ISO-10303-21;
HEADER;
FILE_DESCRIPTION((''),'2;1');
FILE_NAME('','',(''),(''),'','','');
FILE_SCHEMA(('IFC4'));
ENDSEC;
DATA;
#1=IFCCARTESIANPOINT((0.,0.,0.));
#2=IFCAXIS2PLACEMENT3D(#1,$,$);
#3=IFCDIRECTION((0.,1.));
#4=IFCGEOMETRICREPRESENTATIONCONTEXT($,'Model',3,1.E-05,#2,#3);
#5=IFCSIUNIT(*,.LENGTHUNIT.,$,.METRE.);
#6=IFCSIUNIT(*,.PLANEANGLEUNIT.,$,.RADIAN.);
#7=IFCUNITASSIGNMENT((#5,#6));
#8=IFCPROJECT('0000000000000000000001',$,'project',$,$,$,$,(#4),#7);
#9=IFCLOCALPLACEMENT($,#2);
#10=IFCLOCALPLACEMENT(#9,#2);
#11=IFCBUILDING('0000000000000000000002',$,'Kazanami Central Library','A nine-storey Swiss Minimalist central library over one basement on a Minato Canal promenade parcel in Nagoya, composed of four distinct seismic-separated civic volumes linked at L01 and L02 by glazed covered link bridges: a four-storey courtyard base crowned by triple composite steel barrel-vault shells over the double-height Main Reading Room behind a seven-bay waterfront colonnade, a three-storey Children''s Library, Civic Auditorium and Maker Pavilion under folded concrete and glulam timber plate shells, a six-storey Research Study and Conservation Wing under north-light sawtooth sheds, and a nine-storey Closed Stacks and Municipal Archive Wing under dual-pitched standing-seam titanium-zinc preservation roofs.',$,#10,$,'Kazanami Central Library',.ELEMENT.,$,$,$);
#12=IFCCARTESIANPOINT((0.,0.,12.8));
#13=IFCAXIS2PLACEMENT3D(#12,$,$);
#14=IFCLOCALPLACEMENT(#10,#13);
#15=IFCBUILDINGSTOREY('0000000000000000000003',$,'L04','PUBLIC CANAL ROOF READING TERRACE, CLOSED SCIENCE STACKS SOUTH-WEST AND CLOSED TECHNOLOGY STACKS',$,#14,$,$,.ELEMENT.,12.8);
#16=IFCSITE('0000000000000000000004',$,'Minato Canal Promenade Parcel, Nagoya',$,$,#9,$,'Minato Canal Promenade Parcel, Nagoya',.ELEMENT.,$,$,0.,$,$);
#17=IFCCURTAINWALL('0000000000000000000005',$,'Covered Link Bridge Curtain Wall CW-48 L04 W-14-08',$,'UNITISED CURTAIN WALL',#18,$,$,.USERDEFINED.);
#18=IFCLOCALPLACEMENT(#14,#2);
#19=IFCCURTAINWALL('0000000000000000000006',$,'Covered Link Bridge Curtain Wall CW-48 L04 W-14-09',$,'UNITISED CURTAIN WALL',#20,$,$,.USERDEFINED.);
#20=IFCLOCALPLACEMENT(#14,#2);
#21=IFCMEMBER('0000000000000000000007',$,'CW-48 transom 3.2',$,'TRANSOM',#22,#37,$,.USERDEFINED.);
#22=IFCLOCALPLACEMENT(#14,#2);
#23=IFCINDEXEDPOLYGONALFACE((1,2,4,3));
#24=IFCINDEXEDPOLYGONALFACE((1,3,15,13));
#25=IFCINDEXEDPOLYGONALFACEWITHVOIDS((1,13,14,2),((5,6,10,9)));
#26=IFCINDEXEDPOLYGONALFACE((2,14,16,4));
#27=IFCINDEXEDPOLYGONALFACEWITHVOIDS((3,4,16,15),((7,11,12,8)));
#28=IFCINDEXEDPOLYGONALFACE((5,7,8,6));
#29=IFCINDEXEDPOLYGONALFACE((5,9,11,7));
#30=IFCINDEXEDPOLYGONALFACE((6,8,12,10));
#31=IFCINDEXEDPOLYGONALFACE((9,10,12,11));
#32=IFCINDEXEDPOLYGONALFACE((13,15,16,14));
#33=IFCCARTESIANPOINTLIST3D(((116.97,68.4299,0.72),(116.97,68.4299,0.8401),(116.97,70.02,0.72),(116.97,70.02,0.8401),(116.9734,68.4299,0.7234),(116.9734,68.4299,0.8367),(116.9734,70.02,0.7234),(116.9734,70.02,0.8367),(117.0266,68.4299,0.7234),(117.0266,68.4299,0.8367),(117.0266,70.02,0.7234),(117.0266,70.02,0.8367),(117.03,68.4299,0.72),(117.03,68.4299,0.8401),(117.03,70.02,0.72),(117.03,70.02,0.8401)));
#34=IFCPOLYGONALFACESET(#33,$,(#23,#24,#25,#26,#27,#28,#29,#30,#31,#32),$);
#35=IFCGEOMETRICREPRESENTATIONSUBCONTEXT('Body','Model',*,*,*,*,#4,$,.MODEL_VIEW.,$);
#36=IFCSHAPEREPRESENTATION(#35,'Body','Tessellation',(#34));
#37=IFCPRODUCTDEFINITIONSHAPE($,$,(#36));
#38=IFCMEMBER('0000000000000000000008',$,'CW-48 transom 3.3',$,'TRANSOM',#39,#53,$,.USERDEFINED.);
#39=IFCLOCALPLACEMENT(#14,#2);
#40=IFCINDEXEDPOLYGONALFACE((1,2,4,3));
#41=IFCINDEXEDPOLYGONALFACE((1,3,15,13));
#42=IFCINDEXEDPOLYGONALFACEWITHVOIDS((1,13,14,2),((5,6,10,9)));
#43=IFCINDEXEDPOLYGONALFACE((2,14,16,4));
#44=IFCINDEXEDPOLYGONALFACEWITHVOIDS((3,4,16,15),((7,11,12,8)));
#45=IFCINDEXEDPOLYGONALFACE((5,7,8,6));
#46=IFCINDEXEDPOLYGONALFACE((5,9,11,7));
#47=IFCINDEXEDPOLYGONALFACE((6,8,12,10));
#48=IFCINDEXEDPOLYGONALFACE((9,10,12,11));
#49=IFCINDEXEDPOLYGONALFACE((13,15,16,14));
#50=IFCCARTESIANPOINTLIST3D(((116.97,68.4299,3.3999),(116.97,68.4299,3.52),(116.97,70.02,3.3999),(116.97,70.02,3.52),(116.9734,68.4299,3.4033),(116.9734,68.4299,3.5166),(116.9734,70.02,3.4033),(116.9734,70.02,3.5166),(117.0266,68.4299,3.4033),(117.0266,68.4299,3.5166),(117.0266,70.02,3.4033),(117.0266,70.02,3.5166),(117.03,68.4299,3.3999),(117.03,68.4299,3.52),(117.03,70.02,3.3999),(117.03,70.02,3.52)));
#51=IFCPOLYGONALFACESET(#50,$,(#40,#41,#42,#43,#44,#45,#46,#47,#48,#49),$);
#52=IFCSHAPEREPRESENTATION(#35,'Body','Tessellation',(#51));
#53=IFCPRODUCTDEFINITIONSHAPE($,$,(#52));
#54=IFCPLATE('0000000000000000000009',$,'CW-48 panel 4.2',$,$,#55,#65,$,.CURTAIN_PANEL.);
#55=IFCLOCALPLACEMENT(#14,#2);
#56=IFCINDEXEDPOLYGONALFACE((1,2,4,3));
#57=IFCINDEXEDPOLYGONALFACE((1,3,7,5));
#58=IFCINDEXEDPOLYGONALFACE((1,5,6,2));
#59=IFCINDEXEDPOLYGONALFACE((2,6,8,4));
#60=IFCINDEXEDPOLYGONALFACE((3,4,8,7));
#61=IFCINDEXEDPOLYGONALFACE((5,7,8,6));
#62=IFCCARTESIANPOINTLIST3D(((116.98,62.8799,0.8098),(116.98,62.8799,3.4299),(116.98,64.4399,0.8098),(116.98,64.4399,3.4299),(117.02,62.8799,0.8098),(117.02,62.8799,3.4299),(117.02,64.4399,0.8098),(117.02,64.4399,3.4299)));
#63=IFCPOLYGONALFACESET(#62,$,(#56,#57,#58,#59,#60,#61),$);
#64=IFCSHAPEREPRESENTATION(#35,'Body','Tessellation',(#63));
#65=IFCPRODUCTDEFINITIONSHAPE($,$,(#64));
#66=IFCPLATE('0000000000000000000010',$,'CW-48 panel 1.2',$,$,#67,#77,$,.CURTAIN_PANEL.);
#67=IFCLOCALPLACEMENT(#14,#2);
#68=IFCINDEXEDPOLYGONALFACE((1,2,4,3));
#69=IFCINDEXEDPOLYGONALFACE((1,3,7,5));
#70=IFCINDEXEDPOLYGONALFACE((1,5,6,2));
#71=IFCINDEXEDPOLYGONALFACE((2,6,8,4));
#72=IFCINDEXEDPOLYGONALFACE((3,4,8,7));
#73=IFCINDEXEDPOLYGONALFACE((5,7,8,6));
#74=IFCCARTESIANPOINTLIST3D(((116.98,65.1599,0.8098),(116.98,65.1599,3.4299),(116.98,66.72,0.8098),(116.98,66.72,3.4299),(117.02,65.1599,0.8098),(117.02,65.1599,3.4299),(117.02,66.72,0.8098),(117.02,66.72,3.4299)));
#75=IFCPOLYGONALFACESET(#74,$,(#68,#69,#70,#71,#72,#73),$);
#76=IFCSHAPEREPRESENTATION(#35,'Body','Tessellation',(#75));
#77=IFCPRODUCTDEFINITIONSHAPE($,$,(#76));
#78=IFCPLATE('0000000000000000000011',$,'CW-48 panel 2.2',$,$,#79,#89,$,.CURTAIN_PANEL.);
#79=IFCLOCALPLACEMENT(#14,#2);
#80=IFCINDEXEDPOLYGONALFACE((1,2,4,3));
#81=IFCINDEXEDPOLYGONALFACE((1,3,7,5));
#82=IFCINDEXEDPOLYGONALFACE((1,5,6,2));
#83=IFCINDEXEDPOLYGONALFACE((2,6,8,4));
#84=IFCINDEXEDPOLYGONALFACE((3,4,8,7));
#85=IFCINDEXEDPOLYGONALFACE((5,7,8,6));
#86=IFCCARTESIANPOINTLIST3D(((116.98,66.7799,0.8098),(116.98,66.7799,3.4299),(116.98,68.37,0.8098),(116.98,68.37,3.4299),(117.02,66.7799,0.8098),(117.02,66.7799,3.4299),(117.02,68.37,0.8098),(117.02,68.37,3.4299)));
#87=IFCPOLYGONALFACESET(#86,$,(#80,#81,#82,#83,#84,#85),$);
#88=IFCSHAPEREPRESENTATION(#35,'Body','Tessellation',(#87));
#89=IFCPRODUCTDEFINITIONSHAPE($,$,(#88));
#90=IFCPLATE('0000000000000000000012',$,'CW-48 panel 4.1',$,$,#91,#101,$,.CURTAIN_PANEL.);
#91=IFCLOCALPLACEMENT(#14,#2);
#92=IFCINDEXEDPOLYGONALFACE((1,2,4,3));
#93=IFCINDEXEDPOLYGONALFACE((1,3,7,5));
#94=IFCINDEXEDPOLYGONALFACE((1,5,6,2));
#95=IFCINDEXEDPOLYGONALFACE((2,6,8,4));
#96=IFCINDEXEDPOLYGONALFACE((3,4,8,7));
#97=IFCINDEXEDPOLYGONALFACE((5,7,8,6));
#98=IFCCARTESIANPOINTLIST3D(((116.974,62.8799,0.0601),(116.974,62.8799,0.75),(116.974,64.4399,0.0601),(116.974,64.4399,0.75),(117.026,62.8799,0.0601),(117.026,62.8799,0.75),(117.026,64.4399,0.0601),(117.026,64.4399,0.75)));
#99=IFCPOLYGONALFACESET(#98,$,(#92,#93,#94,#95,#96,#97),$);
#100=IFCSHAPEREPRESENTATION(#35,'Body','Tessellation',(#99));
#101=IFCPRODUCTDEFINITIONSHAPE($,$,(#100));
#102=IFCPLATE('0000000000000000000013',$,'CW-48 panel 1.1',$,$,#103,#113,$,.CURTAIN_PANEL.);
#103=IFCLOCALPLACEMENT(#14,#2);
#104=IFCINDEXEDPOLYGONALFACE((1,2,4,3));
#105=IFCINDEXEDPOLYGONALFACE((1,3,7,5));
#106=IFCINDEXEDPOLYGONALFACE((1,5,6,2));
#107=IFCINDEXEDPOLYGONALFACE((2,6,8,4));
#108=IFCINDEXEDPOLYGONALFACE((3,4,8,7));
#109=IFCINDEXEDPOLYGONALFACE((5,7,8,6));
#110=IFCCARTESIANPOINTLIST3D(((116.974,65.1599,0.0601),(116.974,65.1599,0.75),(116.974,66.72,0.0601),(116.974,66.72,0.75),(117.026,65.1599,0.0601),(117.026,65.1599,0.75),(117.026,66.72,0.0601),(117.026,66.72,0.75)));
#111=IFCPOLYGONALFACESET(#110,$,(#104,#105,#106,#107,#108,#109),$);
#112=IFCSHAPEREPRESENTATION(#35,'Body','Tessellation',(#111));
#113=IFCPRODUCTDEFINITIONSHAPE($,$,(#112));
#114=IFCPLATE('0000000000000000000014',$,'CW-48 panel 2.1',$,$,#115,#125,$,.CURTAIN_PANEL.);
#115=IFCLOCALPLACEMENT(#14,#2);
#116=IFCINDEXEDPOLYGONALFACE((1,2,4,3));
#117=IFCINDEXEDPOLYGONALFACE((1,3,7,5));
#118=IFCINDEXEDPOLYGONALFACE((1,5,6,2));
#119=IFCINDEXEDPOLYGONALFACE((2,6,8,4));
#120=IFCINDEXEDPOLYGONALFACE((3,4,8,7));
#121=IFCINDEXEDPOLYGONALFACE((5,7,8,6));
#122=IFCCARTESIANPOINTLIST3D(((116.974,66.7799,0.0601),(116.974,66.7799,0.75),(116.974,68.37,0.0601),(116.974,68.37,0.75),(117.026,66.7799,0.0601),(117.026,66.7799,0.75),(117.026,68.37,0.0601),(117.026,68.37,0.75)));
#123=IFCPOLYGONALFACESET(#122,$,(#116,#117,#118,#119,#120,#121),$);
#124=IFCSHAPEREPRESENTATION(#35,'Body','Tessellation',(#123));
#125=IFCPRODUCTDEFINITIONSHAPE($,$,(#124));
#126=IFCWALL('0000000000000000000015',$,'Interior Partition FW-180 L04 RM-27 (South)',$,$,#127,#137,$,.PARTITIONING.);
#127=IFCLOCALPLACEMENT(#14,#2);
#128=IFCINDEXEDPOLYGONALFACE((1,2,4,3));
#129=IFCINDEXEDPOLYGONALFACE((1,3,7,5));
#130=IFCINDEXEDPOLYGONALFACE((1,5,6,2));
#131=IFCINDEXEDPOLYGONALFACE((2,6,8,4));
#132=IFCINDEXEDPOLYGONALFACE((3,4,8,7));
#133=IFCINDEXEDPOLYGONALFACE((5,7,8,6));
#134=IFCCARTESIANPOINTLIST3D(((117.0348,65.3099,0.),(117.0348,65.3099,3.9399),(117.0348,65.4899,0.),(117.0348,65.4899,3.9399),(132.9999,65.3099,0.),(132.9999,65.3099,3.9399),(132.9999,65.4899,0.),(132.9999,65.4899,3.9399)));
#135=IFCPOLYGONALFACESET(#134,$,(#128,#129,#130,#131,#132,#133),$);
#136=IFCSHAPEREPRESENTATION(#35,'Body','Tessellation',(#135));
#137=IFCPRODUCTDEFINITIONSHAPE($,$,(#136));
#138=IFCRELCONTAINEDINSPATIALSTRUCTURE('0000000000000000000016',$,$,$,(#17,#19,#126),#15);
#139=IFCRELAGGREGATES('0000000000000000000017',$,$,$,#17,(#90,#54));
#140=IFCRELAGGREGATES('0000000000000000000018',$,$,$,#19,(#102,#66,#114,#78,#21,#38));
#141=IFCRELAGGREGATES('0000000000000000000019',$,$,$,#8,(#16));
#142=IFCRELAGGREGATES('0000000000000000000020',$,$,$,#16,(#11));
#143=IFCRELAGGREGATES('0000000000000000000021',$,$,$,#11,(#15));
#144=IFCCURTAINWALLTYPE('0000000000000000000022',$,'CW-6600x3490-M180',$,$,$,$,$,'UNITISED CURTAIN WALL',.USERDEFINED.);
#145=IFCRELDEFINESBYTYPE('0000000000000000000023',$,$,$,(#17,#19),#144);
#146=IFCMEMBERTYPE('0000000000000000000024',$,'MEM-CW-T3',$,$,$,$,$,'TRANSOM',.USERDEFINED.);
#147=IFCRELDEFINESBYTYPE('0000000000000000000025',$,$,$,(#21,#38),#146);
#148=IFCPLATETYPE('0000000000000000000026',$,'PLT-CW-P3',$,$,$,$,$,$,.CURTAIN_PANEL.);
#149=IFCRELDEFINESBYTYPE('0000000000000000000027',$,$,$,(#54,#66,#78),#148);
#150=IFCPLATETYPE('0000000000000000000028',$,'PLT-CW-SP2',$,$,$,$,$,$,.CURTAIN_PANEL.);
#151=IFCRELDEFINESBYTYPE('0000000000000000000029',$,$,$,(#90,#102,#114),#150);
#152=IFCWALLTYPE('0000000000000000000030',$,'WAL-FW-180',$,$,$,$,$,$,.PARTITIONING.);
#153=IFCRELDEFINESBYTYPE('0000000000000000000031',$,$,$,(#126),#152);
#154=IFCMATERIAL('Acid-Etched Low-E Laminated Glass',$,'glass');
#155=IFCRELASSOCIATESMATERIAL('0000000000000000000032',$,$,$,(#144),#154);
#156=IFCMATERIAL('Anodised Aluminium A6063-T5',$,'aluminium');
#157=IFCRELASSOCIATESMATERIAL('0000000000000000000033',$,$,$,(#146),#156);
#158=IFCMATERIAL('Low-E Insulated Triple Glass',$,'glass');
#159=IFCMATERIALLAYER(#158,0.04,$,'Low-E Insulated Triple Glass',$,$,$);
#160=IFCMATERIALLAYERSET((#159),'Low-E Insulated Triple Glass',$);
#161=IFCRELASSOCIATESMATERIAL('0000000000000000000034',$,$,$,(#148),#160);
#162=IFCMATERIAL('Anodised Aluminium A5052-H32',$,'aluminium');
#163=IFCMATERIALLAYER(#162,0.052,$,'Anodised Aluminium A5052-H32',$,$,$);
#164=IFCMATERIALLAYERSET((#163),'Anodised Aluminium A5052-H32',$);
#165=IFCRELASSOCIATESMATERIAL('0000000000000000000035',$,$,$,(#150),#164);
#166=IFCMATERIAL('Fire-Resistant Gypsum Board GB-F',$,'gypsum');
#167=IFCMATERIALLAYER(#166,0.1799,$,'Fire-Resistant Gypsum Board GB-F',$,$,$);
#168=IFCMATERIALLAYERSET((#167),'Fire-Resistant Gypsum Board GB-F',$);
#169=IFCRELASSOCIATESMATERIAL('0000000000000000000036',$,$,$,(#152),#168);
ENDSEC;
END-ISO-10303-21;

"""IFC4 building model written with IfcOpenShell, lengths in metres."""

from ifc_helpers import new_model, si_unit, direction, frame, frame_2d, origin, origin_2d, place, context, subcontext, project, spatial, rectangle, hollow_rectangle, extrude, material, layer, layer_set, material_profile, profile_set, type_object, element, aggregate, save


model = new_model("IFC4")

# Units and contexts
model_context = context("Model", 3, precision=1e-05, world=origin(), true_north=direction((0.0, 1.0)))
body_context = subcontext(model_context, "Body", "Model", "MODEL_VIEW")
ifc_project = project(units=[si_unit("LENGTHUNIT", "METRE"), si_unit("PLANEANGLEUNIT", "RADIAN")], contexts=[model_context])

# Site, building, storey
site_placement = place(None, origin())
site = spatial("IfcSite", under=ifc_project, at=site_placement, Name="Minato Canal Promenade Parcel, Nagoya", LongName="Minato Canal Promenade Parcel, Nagoya", CompositionType="ELEMENT", RefElevation=0.0)
building_placement = place(site_placement, origin())
building = spatial("IfcBuilding", under=site, at=building_placement, Name="Kazanami Central Library", Description="A nine-storey Swiss Minimalist central library over one basement on a Minato Canal promenade parcel in Nagoya, composed of four distinct seismic-separated civic volumes linked at L01 and L02 by glazed covered link bridges: a four-storey courtyard base crowned by triple composite steel barrel-vault shells over the double-height Main Reading Room behind a seven-bay waterfront colonnade, a three-storey Children's Library, Civic Auditorium and Maker Pavilion under folded concrete and glulam timber plate shells, a six-storey Research Study and Conservation Wing under north-light sawtooth sheds, and a nine-storey Closed Stacks and Municipal Archive Wing under dual-pitched standing-seam titanium-zinc preservation roofs.", LongName="Kazanami Central Library", CompositionType="ELEMENT")
storey_placement = place(building_placement, frame((0.0, 0.0, 12.8)))
storey = spatial("IfcBuildingStorey", under=building, at=storey_placement, Name="L04", Description="PUBLIC CANAL ROOF READING TERRACE, CLOSED SCIENCE STACKS SOUTH-WEST AND CLOSED TECHNOLOGY STACKS", CompositionType="ELEMENT", Elevation=12.8)

# Curtain walls
ifc_material_1 = material(Name="Acid-Etched Low-E Laminated Glass", Category="glass")
curtain_wall_type = type_object("IfcCurtainWallType", Name="CW-6600x3490-M180", ElementType="UNITISED CURTAIN WALL", PredefinedType="USERDEFINED", material=ifc_material_1)
curtain_wall_1_placement = place(storey_placement, origin())
curtain_wall_1 = element("IfcCurtainWall", 1, at=curtain_wall_1_placement, inside=storey, type_object=curtain_wall_type, Name="Covered Link Bridge Curtain Wall CW-48 L04 W-14-08", ObjectType="UNITISED CURTAIN WALL", PredefinedType="USERDEFINED")
ifc_material_2 = material(Name="Anodised Aluminium A6063-T5", Category="aluminium")
curtain_wall_2_placement = place(storey_placement, origin())
curtain_wall_2 = element("IfcCurtainWall", 2, at=curtain_wall_2_placement, inside=storey, type_object=curtain_wall_type, Name="Covered Link Bridge Curtain Wall CW-48 L04 W-14-09", ObjectType="UNITISED CURTAIN WALL", PredefinedType="USERDEFINED")

# Members
ifc_material_profile_1 = material_profile(ifc_material_2, hollow_rectangle(XDim=0.0601, YDim=0.1201, WallThickness=0.0034, at=origin_2d()), Name="ALU-TRAN-60x120x3.5")
ifc_profile_set_1 = profile_set([ifc_material_profile_1], Name="Anodised Aluminium A6063-T5")
member_type_1 = type_object("IfcMemberType", Name="MEM-CW-T3", ElementType="TRANSOM", PredefinedType="USERDEFINED", material=ifc_profile_set_1)
member_1_placement = place(storey_placement, frame((117.0, 68.4299, 0.78), z_axis=(0.0, 1.0, 0.0), x_axis=(-1.0, 0.0, 0.0)))
member_1 = element("IfcMember", 3, at=member_1_placement, type_object=member_type_1, Name="CW-48 transom 3.2", ObjectType="TRANSOM", PredefinedType="USERDEFINED", context=body_context, shape_type="SweptSolid", body=[
    extrude(hollow_rectangle(XDim=0.0601, YDim=0.1201, WallThickness=0.0034, at=origin_2d()), origin(), (0.0, 0.0, 1.0), 1.5901),
])
member_2_placement = place(storey_placement, frame((117.0, 68.4299, 3.46), z_axis=(0.0, 1.0, 0.0), x_axis=(-1.0, 0.0, 0.0)))
member_2 = element("IfcMember", 4, at=member_2_placement, type_object=member_type_1, Name="CW-48 transom 3.3", ObjectType="TRANSOM", PredefinedType="USERDEFINED", context=body_context, shape_type="SweptSolid", body=[
    extrude(hollow_rectangle(XDim=0.0601, YDim=0.1201, WallThickness=0.0034, at=origin_2d()), origin(), (0.0, 0.0, 1.0), 1.5901),
])

# Plates
ifc_material_3 = material(Name="Low-E Insulated Triple Glass", Category="glass")
ifc_layer_1 = layer(ifc_material_3, 0.04, Name="Low-E Insulated Triple Glass")
ifc_layer_set_1 = layer_set([ifc_layer_1], Name="Low-E Insulated Triple Glass")
plate_type_1 = type_object("IfcPlateType", Name="PLT-CW-P3", PredefinedType="CURTAIN_PANEL", material=ifc_layer_set_1)
plate_1_placement = place(storey_placement, frame((117.0, 63.6599, 0.8098), z_axis=(0.0, 0.0, 1.0), x_axis=(0.0, 1.0, 0.0)))
plate_1 = element("IfcPlate", 5, at=plate_1_placement, type_object=plate_type_1, Name="CW-48 panel 4.2", PredefinedType="CURTAIN_PANEL", context=body_context, shape_type="SweptSolid", body=[
    extrude(rectangle(XDim=1.5601, YDim=0.04, at=origin_2d()), origin(), (0.0, 0.0, 1.0), 2.6201),
])
plate_2_placement = place(storey_placement, frame((117.0, 65.9399, 0.8098), z_axis=(0.0, 0.0, 1.0), x_axis=(0.0, 1.0, 0.0)))
plate_2 = element("IfcPlate", 6, at=plate_2_placement, type_object=plate_type_1, Name="CW-48 panel 1.2", PredefinedType="CURTAIN_PANEL", context=body_context, shape_type="SweptSolid", body=[
    extrude(rectangle(XDim=1.5601, YDim=0.04, at=origin_2d()), origin(), (0.0, 0.0, 1.0), 2.6201),
])
plate_3_placement = place(storey_placement, frame((117.0, 67.575, 0.8098), z_axis=(0.0, 0.0, 1.0), x_axis=(0.0, 1.0, 0.0)))
plate_3 = element("IfcPlate", 7, at=plate_3_placement, type_object=plate_type_1, Name="CW-48 panel 2.2", PredefinedType="CURTAIN_PANEL", context=body_context, shape_type="SweptSolid", body=[
    extrude(rectangle(XDim=1.5901, YDim=0.04, at=origin_2d()), origin(), (0.0, 0.0, 1.0), 2.6201),
])
ifc_material_4 = material(Name="Anodised Aluminium A5052-H32", Category="aluminium")
ifc_layer_2 = layer(ifc_material_4, 0.052, Name="Anodised Aluminium A5052-H32")
ifc_layer_set_2 = layer_set([ifc_layer_2], Name="Anodised Aluminium A5052-H32")
plate_type_2 = type_object("IfcPlateType", Name="PLT-CW-SP2", PredefinedType="CURTAIN_PANEL", material=ifc_layer_set_2)
plate_4_placement = place(storey_placement, frame((117.0, 63.6599, 0.0601), z_axis=(0.0, 0.0, 1.0), x_axis=(0.0, 1.0, 0.0)))
plate_4 = element("IfcPlate", 8, at=plate_4_placement, type_object=plate_type_2, Name="CW-48 panel 4.1", PredefinedType="CURTAIN_PANEL", context=body_context, shape_type="SweptSolid", body=[
    extrude(rectangle(XDim=1.5601, YDim=0.052, at=origin_2d()), origin(), (0.0, 0.0, 1.0), 0.6899),
])
aggregate(curtain_wall_1, [plate_4, plate_1])
plate_5_placement = place(storey_placement, frame((117.0, 65.9399, 0.0601), z_axis=(0.0, 0.0, 1.0), x_axis=(0.0, 1.0, 0.0)))
plate_5 = element("IfcPlate", 9, at=plate_5_placement, type_object=plate_type_2, Name="CW-48 panel 1.1", PredefinedType="CURTAIN_PANEL", context=body_context, shape_type="SweptSolid", body=[
    extrude(rectangle(XDim=1.5601, YDim=0.052, at=origin_2d()), origin(), (0.0, 0.0, 1.0), 0.6899),
])
plate_6_placement = place(storey_placement, frame((117.0, 67.575, 0.0601), z_axis=(0.0, 0.0, 1.0), x_axis=(0.0, 1.0, 0.0)))
plate_6 = element("IfcPlate", 10, at=plate_6_placement, type_object=plate_type_2, Name="CW-48 panel 2.1", PredefinedType="CURTAIN_PANEL", context=body_context, shape_type="SweptSolid", body=[
    extrude(rectangle(XDim=1.5901, YDim=0.052, at=origin_2d()), origin(), (0.0, 0.0, 1.0), 0.6899),
])
aggregate(curtain_wall_2, [plate_5, plate_2, plate_6, plate_3, member_1, member_2])

# Wall
ifc_material_5 = material(Name="Fire-Resistant Gypsum Board GB-F", Category="gypsum")
ifc_layer_3 = layer(ifc_material_5, 0.1799, Name="Fire-Resistant Gypsum Board GB-F")
ifc_layer_set_3 = layer_set([ifc_layer_3], Name="Fire-Resistant Gypsum Board GB-F")
wall_type = type_object("IfcWallType", Name="WAL-FW-180", PredefinedType="PARTITIONING", material=ifc_layer_set_3)
wall_placement = place(storey_placement, frame((117.0349, 65.3999, 0.0), z_axis=(0.0, 0.0, 1.0), x_axis=(1.0, 0.0, 0.0)))
element("IfcWall", 11, at=wall_placement, inside=storey, type_object=wall_type, Name="Interior Partition FW-180 L04 RM-27 (South)", PredefinedType="PARTITIONING", context=body_context, shape_type="SweptSolid", body=[
    extrude(rectangle(XDim=15.9651, YDim=0.1799, at=frame_2d((7.9824, 0.0))), origin(), (0.0, 0.0, 1.0), 3.9399),
])

save(model, "model.ifc")
